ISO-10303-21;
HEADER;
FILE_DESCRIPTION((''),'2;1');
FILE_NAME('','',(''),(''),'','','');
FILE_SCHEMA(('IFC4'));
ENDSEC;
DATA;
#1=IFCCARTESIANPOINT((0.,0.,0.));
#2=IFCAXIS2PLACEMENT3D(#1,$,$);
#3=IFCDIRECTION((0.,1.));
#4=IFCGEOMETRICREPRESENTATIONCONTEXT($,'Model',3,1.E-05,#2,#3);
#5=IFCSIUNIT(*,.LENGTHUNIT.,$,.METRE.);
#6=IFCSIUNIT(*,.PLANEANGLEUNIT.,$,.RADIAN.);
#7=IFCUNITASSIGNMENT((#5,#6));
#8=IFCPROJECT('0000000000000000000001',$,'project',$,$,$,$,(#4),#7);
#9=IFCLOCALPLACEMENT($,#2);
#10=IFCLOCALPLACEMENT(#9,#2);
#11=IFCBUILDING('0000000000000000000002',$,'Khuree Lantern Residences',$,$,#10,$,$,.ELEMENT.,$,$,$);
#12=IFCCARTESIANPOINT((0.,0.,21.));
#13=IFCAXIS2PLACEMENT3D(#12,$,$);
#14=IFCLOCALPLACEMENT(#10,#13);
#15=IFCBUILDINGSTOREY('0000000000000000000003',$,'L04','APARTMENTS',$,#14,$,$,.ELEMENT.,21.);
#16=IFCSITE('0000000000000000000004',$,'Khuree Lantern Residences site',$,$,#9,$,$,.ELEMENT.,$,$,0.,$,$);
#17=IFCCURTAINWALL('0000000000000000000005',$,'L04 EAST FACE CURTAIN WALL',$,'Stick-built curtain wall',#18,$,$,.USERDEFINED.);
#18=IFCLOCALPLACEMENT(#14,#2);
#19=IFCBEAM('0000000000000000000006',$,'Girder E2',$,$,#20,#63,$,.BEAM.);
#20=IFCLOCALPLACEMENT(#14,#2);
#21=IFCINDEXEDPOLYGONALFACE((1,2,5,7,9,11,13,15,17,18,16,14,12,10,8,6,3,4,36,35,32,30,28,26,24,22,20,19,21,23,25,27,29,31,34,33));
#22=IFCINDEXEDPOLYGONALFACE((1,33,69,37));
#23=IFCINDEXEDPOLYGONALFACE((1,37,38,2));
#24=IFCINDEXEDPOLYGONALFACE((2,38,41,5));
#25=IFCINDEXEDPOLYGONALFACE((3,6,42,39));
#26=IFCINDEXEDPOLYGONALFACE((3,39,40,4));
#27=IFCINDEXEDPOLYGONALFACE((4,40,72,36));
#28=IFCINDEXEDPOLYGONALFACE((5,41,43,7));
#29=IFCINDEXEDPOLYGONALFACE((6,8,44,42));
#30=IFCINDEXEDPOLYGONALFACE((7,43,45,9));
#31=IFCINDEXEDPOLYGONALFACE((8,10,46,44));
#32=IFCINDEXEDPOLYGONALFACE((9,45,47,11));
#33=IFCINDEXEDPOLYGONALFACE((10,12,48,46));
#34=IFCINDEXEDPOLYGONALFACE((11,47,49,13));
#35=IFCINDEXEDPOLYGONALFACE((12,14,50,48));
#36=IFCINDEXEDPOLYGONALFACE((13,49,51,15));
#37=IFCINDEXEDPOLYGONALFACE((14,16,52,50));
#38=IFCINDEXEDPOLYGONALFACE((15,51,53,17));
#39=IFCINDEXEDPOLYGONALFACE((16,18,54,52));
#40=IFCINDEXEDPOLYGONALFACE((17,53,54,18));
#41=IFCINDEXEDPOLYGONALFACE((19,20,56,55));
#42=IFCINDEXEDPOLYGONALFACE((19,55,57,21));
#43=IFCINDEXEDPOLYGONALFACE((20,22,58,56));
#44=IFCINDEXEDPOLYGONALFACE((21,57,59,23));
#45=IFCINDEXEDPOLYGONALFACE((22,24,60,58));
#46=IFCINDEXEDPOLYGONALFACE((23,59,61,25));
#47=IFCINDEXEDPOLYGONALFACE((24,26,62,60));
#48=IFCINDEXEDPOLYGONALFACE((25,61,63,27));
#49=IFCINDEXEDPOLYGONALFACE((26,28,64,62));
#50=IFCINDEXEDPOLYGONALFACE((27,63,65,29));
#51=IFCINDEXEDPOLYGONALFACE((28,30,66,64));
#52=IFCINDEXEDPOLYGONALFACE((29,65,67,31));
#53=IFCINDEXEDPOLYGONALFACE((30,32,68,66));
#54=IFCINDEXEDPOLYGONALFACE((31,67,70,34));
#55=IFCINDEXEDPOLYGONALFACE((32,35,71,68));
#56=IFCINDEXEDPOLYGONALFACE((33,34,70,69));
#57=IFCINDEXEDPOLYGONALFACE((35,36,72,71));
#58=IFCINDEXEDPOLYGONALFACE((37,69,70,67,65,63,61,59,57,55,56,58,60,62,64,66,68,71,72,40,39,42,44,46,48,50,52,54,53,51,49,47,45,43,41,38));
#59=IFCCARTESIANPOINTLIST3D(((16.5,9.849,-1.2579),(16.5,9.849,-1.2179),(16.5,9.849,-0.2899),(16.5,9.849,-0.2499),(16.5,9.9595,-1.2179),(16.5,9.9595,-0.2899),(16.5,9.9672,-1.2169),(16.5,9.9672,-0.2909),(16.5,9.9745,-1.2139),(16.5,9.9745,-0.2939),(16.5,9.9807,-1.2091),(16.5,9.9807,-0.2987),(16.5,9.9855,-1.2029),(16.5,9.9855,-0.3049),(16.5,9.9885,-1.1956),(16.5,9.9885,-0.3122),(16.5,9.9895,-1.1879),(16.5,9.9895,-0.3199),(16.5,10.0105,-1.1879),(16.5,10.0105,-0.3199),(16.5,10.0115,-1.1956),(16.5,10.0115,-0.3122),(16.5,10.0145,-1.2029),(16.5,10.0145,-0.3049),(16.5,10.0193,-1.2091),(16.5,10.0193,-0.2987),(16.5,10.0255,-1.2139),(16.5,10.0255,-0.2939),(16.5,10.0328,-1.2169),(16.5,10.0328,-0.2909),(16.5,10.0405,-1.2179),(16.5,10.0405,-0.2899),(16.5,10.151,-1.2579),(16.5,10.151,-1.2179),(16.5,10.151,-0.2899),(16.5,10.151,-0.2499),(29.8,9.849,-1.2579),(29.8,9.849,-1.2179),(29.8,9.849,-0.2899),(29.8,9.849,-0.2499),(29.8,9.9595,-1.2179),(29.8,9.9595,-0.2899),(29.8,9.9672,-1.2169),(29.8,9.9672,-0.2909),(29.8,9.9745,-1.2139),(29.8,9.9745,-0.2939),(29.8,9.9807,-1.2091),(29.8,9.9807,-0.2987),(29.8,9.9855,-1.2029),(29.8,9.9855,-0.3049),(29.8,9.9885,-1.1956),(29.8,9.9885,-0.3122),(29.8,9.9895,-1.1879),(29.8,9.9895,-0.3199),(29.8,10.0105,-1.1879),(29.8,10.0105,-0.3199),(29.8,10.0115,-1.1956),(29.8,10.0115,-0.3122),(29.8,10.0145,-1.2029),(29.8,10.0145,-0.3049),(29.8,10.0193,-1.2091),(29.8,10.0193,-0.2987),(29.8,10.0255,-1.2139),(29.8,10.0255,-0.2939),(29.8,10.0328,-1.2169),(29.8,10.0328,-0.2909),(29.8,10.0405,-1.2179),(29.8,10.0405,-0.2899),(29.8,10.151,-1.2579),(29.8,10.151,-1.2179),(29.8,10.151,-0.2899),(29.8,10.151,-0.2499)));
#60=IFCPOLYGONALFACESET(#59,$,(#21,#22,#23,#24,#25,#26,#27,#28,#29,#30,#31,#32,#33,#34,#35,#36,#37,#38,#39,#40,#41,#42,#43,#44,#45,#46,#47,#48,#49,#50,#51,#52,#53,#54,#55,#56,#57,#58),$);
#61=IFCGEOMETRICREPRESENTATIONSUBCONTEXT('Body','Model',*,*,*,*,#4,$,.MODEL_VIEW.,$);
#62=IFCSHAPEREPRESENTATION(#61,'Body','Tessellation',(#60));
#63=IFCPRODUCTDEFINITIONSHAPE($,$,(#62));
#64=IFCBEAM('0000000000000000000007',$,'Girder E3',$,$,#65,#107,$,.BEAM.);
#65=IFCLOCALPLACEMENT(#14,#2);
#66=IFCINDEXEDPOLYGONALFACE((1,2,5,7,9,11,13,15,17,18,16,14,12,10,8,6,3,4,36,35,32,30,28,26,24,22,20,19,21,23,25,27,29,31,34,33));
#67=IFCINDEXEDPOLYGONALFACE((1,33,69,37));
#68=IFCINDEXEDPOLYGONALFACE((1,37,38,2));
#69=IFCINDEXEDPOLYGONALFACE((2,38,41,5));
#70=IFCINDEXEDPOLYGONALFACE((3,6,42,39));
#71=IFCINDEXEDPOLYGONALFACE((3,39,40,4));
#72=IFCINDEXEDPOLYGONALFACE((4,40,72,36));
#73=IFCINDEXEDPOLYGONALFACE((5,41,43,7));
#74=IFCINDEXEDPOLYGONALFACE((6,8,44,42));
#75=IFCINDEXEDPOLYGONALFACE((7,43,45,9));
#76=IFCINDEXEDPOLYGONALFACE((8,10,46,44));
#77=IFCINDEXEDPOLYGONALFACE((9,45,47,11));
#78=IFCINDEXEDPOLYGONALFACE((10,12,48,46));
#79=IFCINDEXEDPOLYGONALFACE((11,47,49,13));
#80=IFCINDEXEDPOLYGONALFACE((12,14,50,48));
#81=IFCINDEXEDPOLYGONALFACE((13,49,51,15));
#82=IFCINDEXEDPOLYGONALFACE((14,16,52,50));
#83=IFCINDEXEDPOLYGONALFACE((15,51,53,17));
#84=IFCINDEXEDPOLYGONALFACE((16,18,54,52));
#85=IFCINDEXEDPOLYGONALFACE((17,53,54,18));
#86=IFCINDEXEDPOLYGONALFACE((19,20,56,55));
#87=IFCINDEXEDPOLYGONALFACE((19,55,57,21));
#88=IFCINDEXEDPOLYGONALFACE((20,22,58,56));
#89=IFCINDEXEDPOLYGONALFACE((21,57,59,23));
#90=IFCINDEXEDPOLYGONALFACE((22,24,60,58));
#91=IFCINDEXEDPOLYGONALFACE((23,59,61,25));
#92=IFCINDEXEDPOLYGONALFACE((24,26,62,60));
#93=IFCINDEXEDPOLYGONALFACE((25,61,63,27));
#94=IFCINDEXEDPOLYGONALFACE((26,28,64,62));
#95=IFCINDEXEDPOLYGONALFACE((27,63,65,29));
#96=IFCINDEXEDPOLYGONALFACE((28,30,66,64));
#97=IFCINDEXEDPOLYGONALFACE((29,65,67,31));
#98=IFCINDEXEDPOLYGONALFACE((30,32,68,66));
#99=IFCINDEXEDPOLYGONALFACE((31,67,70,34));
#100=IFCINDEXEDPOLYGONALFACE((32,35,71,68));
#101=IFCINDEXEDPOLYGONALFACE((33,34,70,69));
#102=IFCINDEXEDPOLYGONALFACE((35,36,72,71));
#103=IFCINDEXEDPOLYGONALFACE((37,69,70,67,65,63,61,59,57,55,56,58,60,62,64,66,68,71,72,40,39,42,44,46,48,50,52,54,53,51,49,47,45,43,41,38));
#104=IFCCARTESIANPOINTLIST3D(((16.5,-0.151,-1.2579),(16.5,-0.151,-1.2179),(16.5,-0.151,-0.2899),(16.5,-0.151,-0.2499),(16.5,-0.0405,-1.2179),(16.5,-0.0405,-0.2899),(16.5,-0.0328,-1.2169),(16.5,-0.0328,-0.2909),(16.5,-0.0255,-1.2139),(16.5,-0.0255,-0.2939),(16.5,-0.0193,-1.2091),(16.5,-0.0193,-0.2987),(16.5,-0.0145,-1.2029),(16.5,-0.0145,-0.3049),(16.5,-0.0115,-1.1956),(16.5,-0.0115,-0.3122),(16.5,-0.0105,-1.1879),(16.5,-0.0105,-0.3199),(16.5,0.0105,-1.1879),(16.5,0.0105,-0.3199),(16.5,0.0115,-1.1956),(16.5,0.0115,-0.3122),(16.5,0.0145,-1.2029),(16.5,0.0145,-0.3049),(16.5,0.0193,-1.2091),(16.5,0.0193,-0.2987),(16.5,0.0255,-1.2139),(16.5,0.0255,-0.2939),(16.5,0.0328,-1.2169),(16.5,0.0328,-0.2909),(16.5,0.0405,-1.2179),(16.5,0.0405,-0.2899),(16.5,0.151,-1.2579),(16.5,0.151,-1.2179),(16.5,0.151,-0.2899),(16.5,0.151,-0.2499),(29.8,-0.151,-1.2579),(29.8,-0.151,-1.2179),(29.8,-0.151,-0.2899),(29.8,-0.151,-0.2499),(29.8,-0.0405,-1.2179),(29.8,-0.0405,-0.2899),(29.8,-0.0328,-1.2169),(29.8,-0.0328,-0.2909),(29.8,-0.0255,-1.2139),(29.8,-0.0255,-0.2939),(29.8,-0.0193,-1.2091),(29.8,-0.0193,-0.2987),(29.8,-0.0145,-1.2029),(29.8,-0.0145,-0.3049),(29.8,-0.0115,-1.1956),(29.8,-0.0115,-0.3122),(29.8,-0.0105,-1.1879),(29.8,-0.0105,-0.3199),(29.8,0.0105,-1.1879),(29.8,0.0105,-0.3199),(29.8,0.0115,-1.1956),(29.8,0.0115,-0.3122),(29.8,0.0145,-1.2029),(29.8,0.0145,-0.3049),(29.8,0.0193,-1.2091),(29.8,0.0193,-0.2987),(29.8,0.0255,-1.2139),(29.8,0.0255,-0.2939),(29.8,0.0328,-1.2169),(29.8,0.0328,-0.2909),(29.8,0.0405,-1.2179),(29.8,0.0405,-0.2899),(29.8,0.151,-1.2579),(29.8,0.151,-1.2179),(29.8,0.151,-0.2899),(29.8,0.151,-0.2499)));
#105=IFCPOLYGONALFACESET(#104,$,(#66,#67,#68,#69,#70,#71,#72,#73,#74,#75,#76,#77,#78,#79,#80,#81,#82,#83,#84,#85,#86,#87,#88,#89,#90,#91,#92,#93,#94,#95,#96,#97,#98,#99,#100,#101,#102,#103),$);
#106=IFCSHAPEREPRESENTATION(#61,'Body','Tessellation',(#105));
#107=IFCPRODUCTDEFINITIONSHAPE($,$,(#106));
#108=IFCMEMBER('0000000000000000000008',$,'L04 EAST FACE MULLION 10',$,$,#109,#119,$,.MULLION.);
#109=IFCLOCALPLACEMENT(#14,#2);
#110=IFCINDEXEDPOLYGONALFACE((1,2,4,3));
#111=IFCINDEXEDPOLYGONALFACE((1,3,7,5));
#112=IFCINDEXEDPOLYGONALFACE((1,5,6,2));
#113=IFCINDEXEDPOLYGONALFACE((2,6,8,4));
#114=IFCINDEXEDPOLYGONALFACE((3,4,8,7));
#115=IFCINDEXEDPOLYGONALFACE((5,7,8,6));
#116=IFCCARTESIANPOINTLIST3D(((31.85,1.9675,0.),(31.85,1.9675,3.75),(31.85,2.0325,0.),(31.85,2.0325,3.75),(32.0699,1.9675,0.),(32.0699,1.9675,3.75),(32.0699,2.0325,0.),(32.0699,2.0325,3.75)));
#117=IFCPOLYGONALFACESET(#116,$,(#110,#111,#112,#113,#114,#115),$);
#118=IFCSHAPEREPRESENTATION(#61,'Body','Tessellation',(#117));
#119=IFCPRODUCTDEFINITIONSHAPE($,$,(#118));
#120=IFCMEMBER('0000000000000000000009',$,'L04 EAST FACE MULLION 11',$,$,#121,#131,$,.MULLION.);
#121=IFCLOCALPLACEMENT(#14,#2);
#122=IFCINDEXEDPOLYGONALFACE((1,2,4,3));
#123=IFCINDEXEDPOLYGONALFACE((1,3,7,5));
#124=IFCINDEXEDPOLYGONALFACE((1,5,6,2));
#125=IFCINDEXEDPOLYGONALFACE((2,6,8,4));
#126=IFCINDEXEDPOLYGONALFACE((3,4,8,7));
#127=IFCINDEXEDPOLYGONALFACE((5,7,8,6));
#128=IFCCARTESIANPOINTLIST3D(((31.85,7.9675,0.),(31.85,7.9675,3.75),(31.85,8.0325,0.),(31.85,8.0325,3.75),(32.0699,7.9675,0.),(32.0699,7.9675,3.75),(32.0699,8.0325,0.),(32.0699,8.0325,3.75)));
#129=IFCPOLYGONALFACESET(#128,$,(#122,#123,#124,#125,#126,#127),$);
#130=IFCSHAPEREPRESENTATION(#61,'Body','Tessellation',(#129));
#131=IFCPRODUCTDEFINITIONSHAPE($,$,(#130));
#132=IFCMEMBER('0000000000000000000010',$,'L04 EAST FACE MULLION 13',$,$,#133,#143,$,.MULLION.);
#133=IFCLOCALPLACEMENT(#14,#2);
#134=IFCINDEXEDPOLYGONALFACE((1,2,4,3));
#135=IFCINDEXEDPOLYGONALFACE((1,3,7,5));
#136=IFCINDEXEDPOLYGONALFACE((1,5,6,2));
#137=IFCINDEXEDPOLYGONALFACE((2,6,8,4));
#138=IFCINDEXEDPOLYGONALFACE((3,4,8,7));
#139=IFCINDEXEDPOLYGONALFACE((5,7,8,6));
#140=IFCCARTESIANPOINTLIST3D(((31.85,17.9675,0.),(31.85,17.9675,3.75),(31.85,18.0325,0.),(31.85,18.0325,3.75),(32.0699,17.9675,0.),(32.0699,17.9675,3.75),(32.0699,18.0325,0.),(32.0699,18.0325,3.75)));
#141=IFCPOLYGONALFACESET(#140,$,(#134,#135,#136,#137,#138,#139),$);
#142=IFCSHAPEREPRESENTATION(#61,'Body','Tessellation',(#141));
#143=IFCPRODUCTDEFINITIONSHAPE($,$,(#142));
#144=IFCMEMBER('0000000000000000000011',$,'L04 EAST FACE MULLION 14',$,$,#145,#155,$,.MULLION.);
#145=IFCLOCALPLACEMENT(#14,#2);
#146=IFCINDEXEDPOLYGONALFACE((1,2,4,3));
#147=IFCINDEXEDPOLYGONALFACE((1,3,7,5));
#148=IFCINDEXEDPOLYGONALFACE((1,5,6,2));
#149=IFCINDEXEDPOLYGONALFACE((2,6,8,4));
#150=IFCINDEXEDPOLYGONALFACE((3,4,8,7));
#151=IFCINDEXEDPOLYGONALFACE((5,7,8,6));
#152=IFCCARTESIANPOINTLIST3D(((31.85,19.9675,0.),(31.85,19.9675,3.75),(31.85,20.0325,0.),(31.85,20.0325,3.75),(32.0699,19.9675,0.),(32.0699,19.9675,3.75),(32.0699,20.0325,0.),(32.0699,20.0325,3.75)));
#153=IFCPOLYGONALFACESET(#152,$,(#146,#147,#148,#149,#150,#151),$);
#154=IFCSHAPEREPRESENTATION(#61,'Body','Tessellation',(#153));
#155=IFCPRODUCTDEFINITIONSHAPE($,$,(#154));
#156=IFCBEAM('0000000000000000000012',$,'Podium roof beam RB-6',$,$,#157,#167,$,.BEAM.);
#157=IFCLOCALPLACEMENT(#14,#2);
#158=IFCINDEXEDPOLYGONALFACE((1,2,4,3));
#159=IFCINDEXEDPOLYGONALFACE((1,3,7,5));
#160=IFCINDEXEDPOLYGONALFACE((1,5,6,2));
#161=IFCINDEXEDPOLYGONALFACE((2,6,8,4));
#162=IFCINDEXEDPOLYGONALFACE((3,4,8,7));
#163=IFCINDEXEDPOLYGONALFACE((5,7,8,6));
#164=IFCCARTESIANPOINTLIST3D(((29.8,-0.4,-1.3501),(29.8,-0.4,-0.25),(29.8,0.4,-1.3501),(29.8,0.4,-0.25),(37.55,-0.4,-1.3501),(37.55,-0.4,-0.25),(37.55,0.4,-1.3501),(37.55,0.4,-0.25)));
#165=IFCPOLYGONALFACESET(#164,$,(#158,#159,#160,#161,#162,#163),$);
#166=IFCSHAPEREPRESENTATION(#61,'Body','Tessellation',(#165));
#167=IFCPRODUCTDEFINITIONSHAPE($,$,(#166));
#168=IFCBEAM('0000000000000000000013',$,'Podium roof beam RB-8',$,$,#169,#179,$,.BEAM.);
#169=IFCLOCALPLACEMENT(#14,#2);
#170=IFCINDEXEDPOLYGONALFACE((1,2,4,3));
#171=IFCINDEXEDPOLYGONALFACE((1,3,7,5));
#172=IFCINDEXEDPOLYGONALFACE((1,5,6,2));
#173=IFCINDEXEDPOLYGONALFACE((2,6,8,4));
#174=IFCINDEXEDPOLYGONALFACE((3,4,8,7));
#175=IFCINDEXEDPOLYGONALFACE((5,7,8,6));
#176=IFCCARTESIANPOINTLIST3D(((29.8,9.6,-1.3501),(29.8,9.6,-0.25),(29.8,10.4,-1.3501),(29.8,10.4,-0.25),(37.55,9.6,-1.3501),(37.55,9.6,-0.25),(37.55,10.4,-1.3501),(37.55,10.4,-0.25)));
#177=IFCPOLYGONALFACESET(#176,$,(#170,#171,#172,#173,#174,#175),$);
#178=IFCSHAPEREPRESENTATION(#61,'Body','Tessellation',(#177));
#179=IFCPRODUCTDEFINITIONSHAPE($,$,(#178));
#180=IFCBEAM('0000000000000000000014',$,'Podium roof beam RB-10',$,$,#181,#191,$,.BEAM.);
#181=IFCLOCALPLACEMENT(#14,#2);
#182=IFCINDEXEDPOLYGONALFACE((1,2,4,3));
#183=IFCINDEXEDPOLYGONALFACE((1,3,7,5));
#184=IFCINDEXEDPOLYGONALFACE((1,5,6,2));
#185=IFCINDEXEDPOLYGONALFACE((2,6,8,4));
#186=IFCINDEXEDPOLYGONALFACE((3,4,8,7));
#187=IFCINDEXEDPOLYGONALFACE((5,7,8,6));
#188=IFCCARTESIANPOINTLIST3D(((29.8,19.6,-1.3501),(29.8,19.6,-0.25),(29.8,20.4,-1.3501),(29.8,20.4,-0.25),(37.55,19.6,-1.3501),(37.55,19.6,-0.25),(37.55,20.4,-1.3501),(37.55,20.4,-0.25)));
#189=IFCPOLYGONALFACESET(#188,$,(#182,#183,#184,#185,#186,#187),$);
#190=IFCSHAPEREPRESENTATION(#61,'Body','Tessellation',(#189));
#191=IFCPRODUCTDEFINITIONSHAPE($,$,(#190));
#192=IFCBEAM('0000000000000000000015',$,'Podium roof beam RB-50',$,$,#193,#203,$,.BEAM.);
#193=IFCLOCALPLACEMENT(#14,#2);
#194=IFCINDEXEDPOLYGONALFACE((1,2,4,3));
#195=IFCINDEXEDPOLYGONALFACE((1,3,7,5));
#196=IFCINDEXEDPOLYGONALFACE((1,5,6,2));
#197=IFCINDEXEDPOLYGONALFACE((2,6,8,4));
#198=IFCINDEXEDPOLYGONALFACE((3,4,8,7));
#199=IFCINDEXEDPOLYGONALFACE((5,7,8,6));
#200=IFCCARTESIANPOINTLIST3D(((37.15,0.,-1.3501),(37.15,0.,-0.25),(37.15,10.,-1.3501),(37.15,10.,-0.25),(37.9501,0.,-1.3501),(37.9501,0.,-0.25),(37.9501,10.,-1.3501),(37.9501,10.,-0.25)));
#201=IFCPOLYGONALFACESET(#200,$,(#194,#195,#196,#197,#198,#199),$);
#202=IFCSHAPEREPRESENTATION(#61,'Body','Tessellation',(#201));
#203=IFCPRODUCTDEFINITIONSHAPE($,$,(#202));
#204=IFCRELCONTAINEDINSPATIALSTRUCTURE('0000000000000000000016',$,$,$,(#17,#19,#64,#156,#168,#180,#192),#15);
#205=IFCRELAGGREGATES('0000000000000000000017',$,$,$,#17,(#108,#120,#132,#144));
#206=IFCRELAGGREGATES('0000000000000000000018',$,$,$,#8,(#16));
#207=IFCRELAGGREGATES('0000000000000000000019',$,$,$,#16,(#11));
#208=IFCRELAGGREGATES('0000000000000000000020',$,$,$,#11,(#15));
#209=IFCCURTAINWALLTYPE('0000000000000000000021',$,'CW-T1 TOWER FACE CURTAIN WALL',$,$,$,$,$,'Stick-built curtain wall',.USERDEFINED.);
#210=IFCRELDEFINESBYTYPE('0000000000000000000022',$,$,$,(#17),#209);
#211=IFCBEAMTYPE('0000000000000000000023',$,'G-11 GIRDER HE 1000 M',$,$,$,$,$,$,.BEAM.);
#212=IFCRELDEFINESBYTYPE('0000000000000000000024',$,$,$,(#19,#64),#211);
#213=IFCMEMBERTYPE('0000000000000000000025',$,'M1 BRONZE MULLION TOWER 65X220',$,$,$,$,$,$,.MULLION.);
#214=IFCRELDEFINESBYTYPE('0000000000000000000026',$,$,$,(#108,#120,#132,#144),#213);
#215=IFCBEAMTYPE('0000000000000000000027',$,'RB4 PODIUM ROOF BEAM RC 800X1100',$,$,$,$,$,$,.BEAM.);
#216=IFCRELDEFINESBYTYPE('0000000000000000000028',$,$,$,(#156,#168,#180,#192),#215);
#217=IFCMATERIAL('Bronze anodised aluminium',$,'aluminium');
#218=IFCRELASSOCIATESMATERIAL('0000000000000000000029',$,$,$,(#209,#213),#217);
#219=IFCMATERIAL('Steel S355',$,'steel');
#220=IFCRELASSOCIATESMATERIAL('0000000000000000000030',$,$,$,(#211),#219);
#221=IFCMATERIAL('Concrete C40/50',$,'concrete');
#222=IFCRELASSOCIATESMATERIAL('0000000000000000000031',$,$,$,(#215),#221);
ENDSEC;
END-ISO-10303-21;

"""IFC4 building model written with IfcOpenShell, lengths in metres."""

from ifc_helpers import new_model, si_unit, direction, frame, origin, origin_2d, place, context, subcontext, project, spatial, rectangle, i_section, extrude, material, material_profile, profile_set, type_object, element, aggregate, save


model = new_model("IFC4")

# Units and contexts
model_context = context("Model", 3, precision=1e-05, world=origin(), true_north=direction((0.0, 1.0)))
body_context = subcontext(model_context, "Body", "Model", "MODEL_VIEW")
ifc_project = project(units=[si_unit("LENGTHUNIT", "METRE"), si_unit("PLANEANGLEUNIT", "RADIAN")], contexts=[model_context])

# Site, building, storey
site_placement = place(None, origin())
site = spatial("IfcSite", under=ifc_project, at=site_placement, Name="Khuree Lantern Residences site", CompositionType="ELEMENT", RefElevation=0.0)
building_placement = place(site_placement, origin())
building = spatial("IfcBuilding", under=site, at=building_placement, Name="Khuree Lantern Residences", CompositionType="ELEMENT")
storey_placement = place(building_placement, frame((0.0, 0.0, 21.0)))
storey = spatial("IfcBuildingStorey", under=building, at=storey_placement, Name="L04", Description="APARTMENTS", CompositionType="ELEMENT", Elevation=21.0)

# Shared definitions
ifc_material_1 = material(Name="Steel S355", Category="steel")

# Curtain wall
ifc_material_2 = material(Name="Bronze anodised aluminium", Category="aluminium")
curtain_wall_type = type_object("IfcCurtainWallType", Name="CW-T1 TOWER FACE CURTAIN WALL", ElementType="Stick-built curtain wall", PredefinedType="USERDEFINED", material=ifc_material_2)
curtain_wall_placement = place(storey_placement, origin())
curtain_wall = element("IfcCurtainWall", 1, at=curtain_wall_placement, inside=storey, type_object=curtain_wall_type, Name="L04 EAST FACE CURTAIN WALL", ObjectType="Stick-built curtain wall", PredefinedType="USERDEFINED")

# Beams
ifc_material_profile_1 = material_profile(ifc_material_1, i_section(OverallWidth=0.302, OverallDepth=1.0081, WebThickness=0.021, FlangeThickness=0.04, FilletRadius=0.03, at=origin_2d()), Name="HE 1000 M")
ifc_profile_set_1 = profile_set([ifc_material_profile_1], Name="Steel S355")
beam_type_1 = type_object("IfcBeamType", Name="G-11 GIRDER HE 1000 M", PredefinedType="BEAM", material=ifc_profile_set_1)
for number, where, z_axis, x_axis, name in (
    (2, (29.8, 10.0, -0.7539), (-1.0, 0.0, 0.0), (0.0, -1.0, 0.0), "Girder E2"),
    (3, (29.8, 0.0, -0.7539), (-1.0, 0.0, 0.0), (0.0, -1.0, 0.0), "Girder E3"),
):
    element("IfcBeam", number, at=place(storey_placement, frame(where, z_axis=z_axis, x_axis=x_axis)), inside=storey, type_object=beam_type_1, Name=name, PredefinedType="BEAM", context=body_context, shape_type="SweptSolid", body=[
        extrude(i_section(OverallWidth=0.302, OverallDepth=1.0081, WebThickness=0.021, FlangeThickness=0.04, FilletRadius=0.03, at=origin_2d()), origin(), (0.0, 0.0, 1.0), 13.3),
    ])

# Members
ifc_material_profile_2 = material_profile(ifc_material_2, rectangle(XDim=0.0649, YDim=0.22, at=origin_2d()), Name="M1 65X220")
ifc_profile_set_2 = profile_set([ifc_material_profile_2], Name="Bronze anodised aluminium")
member_type_1 = type_object("IfcMemberType", Name="M1 BRONZE MULLION TOWER 65X220", PredefinedType="MULLION", material=ifc_profile_set_2)
member_1_placement = place(storey_placement, frame((31.96, 2.0, 0.0), z_axis=(0.0, 0.0, 1.0), x_axis=(0.0, 1.0, 0.0)))
member_1 = element("IfcMember", 4, at=member_1_placement, type_object=member_type_1, Name="L04 EAST FACE MULLION 10", PredefinedType="MULLION", context=body_context, shape_type="SweptSolid", body=[
    extrude(rectangle(XDim=0.0649, YDim=0.22, at=origin_2d()), origin(), (0.0, 0.0, 1.0), 3.75),
])
member_2_placement = place(storey_placement, frame((31.96, 8.0, 0.0), z_axis=(0.0, 0.0, 1.0), x_axis=(0.0, 1.0, 0.0)))
member_2 = element("IfcMember", 5, at=member_2_placement, type_object=member_type_1, Name="L04 EAST FACE MULLION 11", PredefinedType="MULLION", context=body_context, shape_type="SweptSolid", body=[
    extrude(rectangle(XDim=0.0649, YDim=0.22, at=origin_2d()), origin(), (0.0, 0.0, 1.0), 3.75),
])
member_3_placement = place(storey_placement, frame((31.96, 18.0, 0.0), z_axis=(0.0, 0.0, 1.0), x_axis=(0.0, 1.0, 0.0)))
member_3 = element("IfcMember", 6, at=member_3_placement, type_object=member_type_1, Name="L04 EAST FACE MULLION 13", PredefinedType="MULLION", context=body_context, shape_type="SweptSolid", body=[
    extrude(rectangle(XDim=0.0649, YDim=0.22, at=origin_2d()), origin(), (0.0, 0.0, 1.0), 3.75),
])
member_4_placement = place(storey_placement, frame((31.96, 20.0, 0.0), z_axis=(0.0, 0.0, 1.0), x_axis=(0.0, 1.0, 0.0)))
member_4 = element("IfcMember", 7, at=member_4_placement, type_object=member_type_1, Name="L04 EAST FACE MULLION 14", PredefinedType="MULLION", context=body_context, shape_type="SweptSolid", body=[
    extrude(rectangle(XDim=0.0649, YDim=0.22, at=origin_2d()), origin(), (0.0, 0.0, 1.0), 3.75),
])

# Beams
ifc_material_3 = material(Name="Concrete C40/50", Category="concrete")
ifc_material_profile_3 = material_profile(ifc_material_3, rectangle(XDim=0.8, YDim=1.1001, at=origin_2d()), Name="RC 800X1100")
ifc_profile_set_3 = profile_set([ifc_material_profile_3], Name="Concrete C40/50")
beam_type_2 = type_object("IfcBeamType", Name="RB4 PODIUM ROOF BEAM RC 800X1100", PredefinedType="BEAM", material=ifc_profile_set_3)
for number, where, z_axis, x_axis, name in (
    (8, (29.8, 0.0, -0.8), (1.0, 0.0, 0.0), (0.0, 1.0, 0.0), "Podium roof beam RB-6"),
    (9, (29.8, 10.0, -0.8), (1.0, 0.0, 0.0), (0.0, 1.0, 0.0), "Podium roof beam RB-8"),
    (10, (29.8, 20.0, -0.8), (1.0, 0.0, 0.0), (0.0, 1.0, 0.0), "Podium roof beam RB-10"),
):
    element("IfcBeam", number, at=place(storey_placement, frame(where, z_axis=z_axis, x_axis=x_axis)), inside=storey, type_object=beam_type_2, Name=name, PredefinedType="BEAM", context=body_context, shape_type="SweptSolid", body=[
        extrude(rectangle(XDim=0.8, YDim=1.1001, at=origin_2d()), origin(), (0.0, 0.0, 1.0), 7.75),
    ])
for number, where, z_axis, x_axis, name in (
    (11, (37.55, 0.0, -0.8), (0.0, 1.0, 0.0), (-1.0, 0.0, 0.0), "Podium roof beam RB-50"),
):
    element("IfcBeam", number, at=place(storey_placement, frame(where, z_axis=z_axis, x_axis=x_axis)), inside=storey, type_object=beam_type_2, Name=name, PredefinedType="BEAM", context=body_context, shape_type="SweptSolid", body=[
        extrude(rectangle(XDim=0.8, YDim=1.1001, at=origin_2d()), origin(), (0.0, 0.0, 1.0), 10.0),
    ])

aggregate(curtain_wall, [member_1, member_2, member_3, member_4])

save(model, "model.ifc")
